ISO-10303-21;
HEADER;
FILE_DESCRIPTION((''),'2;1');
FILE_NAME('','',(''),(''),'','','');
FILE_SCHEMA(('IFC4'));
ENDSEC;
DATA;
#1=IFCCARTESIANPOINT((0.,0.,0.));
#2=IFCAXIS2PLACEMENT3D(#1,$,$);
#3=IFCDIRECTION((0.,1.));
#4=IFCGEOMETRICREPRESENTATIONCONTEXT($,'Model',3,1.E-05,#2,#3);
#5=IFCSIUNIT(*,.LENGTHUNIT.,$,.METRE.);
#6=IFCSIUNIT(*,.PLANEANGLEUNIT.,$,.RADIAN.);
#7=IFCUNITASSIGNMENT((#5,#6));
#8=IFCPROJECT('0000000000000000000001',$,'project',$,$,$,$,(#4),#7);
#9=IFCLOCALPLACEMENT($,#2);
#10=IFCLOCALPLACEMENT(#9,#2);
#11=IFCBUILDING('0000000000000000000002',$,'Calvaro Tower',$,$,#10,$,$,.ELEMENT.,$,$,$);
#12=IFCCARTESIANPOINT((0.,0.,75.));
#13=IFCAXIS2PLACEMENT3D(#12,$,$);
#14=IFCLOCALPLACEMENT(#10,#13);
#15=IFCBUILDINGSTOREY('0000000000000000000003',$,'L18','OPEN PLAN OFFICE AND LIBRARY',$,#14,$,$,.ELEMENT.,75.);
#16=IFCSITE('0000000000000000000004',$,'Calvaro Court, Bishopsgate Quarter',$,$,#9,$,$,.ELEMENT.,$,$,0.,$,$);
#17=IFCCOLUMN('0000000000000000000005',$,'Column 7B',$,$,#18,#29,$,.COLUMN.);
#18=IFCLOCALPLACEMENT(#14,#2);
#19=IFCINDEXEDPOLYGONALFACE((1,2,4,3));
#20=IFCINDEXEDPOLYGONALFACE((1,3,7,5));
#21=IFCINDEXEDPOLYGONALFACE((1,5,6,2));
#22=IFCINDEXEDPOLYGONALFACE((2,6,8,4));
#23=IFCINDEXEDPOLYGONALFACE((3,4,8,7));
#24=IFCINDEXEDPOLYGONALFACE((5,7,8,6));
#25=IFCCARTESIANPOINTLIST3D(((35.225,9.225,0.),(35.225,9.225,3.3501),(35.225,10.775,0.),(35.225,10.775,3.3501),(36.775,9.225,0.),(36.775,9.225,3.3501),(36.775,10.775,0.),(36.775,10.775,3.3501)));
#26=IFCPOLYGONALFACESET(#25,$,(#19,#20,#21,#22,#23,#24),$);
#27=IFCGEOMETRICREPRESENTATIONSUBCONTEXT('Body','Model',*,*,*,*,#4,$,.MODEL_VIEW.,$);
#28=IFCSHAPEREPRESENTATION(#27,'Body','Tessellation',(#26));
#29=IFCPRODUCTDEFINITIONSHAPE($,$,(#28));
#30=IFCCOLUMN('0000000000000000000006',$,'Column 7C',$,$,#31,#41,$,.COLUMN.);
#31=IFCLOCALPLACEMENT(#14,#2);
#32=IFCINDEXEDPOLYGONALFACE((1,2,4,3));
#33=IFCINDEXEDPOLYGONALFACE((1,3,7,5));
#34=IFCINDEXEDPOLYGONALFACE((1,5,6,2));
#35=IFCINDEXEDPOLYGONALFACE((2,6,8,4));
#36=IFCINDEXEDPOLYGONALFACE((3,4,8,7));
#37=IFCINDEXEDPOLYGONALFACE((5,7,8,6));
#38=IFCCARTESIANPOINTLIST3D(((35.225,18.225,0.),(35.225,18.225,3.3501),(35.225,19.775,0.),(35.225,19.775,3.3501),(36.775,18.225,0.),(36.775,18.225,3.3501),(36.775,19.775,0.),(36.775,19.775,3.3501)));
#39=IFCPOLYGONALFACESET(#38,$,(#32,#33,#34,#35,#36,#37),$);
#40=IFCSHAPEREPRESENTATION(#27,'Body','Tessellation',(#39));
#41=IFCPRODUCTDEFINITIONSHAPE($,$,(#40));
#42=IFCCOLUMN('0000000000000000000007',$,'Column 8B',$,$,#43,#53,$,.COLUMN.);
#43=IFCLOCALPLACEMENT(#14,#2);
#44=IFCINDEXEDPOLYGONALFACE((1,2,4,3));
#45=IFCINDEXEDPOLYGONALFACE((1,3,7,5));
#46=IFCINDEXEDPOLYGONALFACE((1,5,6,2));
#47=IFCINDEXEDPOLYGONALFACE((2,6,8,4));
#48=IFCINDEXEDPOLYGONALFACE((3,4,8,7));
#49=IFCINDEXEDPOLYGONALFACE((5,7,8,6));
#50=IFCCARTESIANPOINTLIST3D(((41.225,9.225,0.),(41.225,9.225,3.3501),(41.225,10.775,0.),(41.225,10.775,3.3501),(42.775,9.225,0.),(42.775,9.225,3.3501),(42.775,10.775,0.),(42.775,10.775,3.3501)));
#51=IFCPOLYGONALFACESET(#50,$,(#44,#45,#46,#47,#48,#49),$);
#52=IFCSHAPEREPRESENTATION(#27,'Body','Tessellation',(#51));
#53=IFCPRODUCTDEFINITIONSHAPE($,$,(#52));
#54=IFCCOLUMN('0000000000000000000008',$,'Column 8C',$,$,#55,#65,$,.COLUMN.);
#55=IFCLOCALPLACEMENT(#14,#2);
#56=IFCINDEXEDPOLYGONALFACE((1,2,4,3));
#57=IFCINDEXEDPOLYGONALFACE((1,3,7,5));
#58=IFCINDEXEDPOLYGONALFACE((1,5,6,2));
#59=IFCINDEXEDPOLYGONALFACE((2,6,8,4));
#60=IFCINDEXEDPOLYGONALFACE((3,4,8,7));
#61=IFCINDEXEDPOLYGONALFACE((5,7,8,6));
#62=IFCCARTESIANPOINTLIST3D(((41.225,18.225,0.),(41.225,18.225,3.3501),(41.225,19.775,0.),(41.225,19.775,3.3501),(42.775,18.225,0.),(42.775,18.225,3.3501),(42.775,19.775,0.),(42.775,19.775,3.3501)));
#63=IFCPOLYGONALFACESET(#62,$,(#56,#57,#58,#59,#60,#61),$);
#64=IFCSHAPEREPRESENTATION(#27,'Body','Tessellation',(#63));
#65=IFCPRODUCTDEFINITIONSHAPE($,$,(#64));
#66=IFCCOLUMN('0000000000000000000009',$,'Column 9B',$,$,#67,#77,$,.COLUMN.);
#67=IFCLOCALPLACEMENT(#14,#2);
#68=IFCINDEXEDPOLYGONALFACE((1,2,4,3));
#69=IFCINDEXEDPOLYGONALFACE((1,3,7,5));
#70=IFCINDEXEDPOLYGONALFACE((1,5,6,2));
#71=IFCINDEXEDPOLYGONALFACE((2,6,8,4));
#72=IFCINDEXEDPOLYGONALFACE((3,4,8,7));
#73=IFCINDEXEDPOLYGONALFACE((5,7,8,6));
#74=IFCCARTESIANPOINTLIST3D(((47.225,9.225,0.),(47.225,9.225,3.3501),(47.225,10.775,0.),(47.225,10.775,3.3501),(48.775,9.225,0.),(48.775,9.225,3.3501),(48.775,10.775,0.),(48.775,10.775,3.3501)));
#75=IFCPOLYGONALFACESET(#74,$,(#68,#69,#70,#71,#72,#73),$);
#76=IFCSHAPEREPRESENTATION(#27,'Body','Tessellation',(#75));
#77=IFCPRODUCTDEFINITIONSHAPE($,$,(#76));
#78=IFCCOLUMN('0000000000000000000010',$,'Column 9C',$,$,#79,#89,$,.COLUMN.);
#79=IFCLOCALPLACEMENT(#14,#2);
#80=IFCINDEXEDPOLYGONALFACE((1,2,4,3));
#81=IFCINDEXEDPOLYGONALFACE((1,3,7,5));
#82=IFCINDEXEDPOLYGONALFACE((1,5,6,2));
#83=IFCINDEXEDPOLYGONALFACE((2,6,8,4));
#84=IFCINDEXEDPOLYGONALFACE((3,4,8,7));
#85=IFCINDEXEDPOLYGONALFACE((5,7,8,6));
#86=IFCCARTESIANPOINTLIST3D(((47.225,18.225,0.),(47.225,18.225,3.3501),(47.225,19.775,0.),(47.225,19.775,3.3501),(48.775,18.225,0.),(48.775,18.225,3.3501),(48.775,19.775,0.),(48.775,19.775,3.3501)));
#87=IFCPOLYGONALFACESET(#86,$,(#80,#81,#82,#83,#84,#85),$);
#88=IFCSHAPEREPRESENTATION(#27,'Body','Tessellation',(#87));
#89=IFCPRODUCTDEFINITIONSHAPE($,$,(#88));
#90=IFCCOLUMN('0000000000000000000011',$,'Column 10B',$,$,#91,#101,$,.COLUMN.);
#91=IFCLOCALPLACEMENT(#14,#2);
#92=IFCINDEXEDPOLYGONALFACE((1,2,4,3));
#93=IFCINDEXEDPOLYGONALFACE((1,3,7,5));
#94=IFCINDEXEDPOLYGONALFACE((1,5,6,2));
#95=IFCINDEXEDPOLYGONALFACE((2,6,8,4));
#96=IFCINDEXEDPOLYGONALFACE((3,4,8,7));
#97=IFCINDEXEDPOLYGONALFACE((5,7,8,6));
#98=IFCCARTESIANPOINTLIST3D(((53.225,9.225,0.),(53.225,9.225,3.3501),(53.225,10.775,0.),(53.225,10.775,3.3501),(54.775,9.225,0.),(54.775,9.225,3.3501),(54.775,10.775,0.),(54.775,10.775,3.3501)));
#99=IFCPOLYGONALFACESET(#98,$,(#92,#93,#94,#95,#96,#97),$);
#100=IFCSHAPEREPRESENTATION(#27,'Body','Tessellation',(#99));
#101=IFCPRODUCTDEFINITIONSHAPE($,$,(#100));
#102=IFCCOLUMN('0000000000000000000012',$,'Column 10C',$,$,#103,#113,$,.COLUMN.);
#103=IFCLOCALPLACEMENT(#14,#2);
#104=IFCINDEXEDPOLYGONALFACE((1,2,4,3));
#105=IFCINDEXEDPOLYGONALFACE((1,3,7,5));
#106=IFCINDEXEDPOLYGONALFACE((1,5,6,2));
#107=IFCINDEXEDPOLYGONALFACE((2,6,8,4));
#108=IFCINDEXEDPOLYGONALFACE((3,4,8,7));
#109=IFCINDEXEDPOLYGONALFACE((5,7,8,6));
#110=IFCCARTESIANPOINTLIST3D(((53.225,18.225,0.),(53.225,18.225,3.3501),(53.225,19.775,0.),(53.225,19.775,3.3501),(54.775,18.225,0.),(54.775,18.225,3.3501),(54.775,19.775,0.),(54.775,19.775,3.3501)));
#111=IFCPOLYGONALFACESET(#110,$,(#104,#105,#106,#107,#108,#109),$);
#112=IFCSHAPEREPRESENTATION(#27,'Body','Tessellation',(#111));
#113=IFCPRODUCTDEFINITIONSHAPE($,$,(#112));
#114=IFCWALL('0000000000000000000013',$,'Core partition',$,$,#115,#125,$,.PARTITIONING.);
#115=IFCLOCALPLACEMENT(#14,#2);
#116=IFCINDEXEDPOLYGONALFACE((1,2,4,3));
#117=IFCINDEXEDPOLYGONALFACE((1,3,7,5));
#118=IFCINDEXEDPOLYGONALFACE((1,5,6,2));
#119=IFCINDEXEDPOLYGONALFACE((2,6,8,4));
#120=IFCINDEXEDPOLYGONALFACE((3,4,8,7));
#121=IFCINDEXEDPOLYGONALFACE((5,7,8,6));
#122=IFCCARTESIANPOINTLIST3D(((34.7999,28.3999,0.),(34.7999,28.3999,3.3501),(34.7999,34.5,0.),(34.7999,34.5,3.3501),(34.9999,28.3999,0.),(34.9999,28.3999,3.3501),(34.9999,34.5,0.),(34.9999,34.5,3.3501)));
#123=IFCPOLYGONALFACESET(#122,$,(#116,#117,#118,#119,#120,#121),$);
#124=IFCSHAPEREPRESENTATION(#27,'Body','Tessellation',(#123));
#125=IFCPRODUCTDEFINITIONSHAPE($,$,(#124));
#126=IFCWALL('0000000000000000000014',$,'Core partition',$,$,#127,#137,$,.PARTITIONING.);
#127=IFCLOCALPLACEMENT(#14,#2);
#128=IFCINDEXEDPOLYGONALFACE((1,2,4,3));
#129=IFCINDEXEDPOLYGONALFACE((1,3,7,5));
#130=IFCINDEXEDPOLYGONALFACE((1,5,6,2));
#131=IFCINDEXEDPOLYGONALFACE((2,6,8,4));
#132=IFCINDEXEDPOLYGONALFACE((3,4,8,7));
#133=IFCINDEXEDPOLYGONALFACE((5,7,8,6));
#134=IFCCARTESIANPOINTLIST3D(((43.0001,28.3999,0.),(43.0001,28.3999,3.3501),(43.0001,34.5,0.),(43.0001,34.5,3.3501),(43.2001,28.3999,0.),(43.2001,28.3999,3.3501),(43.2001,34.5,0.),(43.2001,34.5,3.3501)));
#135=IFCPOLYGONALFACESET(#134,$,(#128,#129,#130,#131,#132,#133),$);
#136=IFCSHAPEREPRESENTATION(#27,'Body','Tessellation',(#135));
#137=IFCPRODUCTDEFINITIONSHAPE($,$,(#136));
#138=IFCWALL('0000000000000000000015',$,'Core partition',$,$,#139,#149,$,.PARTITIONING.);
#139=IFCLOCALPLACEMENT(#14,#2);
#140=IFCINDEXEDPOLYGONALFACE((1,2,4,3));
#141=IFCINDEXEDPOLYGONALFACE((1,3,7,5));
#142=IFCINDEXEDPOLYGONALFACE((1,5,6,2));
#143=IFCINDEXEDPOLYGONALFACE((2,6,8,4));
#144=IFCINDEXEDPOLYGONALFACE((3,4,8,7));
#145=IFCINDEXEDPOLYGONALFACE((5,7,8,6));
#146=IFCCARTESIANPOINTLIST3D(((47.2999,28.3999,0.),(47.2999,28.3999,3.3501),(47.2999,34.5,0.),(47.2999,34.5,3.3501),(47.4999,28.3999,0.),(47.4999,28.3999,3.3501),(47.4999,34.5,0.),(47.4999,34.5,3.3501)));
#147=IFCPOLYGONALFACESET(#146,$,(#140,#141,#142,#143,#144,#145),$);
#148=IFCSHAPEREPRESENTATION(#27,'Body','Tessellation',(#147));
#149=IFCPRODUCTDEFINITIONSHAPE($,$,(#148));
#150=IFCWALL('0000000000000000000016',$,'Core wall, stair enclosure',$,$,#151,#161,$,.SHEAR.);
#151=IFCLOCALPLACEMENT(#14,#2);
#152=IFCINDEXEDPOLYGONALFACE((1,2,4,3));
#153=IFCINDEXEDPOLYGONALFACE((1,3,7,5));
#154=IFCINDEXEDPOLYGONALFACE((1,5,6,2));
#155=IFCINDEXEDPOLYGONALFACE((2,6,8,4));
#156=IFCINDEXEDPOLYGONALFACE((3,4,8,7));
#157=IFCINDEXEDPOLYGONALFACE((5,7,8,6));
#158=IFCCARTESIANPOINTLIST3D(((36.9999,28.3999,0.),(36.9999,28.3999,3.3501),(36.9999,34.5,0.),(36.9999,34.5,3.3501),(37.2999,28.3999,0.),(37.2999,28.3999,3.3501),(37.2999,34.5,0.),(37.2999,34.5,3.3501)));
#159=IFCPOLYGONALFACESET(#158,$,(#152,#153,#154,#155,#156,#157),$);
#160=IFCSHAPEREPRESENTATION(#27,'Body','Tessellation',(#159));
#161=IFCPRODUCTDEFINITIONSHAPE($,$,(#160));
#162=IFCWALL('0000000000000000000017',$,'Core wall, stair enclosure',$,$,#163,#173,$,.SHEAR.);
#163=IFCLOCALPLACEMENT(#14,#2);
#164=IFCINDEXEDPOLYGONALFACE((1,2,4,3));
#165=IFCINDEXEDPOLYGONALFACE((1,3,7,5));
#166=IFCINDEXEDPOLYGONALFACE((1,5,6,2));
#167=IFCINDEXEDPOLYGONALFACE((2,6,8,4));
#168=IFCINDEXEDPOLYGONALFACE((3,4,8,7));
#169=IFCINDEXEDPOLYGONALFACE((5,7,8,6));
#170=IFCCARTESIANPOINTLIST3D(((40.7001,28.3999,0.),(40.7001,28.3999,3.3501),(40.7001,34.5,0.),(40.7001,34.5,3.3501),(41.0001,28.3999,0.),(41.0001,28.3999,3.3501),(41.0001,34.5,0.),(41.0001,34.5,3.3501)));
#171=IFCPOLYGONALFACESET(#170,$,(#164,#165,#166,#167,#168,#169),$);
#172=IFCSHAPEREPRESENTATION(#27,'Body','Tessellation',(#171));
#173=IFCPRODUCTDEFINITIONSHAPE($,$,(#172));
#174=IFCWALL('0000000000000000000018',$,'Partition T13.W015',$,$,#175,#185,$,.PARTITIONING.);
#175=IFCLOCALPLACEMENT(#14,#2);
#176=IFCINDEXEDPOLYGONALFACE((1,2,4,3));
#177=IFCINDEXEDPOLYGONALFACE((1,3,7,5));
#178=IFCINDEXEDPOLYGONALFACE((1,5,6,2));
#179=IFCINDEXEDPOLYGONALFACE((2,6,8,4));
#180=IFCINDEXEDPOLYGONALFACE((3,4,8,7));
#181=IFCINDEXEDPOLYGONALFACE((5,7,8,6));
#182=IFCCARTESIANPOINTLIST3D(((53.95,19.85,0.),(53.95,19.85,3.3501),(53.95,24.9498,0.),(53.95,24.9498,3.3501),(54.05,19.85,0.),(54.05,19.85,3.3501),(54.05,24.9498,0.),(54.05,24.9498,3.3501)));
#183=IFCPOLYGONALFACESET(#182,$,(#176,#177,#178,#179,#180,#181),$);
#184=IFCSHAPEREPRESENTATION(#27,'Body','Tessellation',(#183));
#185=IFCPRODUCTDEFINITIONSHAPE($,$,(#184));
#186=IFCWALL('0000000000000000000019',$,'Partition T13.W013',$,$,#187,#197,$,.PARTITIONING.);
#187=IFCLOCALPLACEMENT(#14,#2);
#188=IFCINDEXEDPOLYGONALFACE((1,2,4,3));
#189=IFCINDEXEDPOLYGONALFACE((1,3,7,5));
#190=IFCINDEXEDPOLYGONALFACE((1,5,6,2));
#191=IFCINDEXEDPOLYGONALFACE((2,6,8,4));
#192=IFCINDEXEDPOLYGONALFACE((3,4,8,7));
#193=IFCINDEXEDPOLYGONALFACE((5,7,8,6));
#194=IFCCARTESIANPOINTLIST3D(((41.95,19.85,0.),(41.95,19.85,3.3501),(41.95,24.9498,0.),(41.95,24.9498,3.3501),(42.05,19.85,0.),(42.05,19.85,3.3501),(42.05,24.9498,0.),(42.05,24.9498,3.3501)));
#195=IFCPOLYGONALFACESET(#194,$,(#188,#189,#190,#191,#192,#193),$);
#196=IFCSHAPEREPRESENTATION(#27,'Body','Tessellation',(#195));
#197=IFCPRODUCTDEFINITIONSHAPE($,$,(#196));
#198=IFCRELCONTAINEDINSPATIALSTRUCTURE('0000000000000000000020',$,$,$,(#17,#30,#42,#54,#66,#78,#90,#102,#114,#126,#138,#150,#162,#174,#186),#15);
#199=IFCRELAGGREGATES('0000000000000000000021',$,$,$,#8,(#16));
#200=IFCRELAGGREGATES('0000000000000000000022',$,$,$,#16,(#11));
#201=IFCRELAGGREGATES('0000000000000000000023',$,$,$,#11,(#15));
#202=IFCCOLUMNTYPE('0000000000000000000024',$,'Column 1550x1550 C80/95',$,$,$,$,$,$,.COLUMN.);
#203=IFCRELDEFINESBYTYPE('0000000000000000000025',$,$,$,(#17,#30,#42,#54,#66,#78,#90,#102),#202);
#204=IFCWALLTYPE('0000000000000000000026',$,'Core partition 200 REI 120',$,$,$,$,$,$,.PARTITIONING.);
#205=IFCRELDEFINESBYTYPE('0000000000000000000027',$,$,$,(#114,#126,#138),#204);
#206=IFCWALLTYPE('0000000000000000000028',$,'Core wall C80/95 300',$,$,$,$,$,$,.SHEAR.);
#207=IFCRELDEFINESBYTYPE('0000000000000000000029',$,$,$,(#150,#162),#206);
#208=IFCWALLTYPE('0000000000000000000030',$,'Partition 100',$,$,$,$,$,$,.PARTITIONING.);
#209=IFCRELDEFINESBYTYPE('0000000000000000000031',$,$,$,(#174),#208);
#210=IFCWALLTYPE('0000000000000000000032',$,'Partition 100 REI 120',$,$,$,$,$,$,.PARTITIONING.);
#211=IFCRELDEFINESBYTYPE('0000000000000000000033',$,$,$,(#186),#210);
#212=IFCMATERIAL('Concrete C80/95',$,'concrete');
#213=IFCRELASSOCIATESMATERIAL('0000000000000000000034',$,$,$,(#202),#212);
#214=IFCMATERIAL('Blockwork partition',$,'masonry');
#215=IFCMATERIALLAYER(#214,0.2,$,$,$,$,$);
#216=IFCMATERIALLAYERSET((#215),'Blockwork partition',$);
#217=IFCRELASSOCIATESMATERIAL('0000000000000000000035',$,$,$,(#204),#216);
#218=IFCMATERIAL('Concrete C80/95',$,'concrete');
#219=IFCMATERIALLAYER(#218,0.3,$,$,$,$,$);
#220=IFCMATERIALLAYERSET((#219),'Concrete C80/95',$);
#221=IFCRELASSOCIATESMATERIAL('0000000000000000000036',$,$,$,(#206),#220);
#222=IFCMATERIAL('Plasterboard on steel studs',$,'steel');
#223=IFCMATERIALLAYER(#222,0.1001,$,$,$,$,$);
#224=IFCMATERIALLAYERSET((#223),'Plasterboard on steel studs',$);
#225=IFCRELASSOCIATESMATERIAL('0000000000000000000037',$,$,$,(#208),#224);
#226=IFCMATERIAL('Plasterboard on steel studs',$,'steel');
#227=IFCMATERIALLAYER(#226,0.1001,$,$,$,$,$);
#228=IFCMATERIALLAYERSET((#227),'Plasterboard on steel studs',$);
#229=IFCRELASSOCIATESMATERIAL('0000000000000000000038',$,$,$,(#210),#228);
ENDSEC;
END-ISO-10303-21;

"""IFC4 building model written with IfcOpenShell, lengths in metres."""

from ifc_helpers import new_model, si_unit, direction, frame, frame_2d, origin, origin_2d, place, context, subcontext, project, spatial, rectangle, extrude, material, layer, layer_set, material_profile, profile_set, type_object, element, save


model = new_model("IFC4")

# Units and contexts
model_context = context("Model", 3, precision=1e-05, world=origin(), true_north=direction((0.0, 1.0)))
body_context = subcontext(model_context, "Body", "Model", "MODEL_VIEW")
ifc_project = project(units=[si_unit("LENGTHUNIT", "METRE"), si_unit("PLANEANGLEUNIT", "RADIAN")], contexts=[model_context])

# Site, building, storey
site_placement = place(None, origin())
site = spatial("IfcSite", under=ifc_project, at=site_placement, Name="Calvaro Court, Bishopsgate Quarter", CompositionType="ELEMENT", RefElevation=0.0)
building_placement = place(site_placement, origin())
building = spatial("IfcBuilding", under=site, at=building_placement, Name="Calvaro Tower", CompositionType="ELEMENT")
storey_placement = place(building_placement, frame((0.0, 0.0, 75.0)))
storey = spatial("IfcBuildingStorey", under=building, at=storey_placement, Name="L18", Description="OPEN PLAN OFFICE AND LIBRARY", CompositionType="ELEMENT", Elevation=75.0)

# Columns
ifc_material_1 = material(Name="Concrete C80/95", Category="concrete")
ifc_material_profile = material_profile(ifc_material_1, rectangle(XDim=1.55, YDim=1.55, at=origin_2d()), Name="RC 1550x1550")
ifc_profile_set = profile_set([ifc_material_profile], Name="Concrete C80/95")
column_type = type_object("IfcColumnType", Name="Column 1550x1550 C80/95", PredefinedType="COLUMN", material=ifc_profile_set)
for number, where, z_axis, x_axis, name in (
    (1, (36.0, 10.0, 0.0), (0.0, 0.0, 1.0), (1.0, 0.0, 0.0), "Column 7B"),
    (2, (36.0, 19.0, 0.0), (0.0, 0.0, 1.0), (1.0, 0.0, 0.0), "Column 7C"),
    (3, (42.0, 10.0, 0.0), (0.0, 0.0, 1.0), (1.0, 0.0, 0.0), "Column 8B"),
    (4, (42.0, 19.0, 0.0), (0.0, 0.0, 1.0), (1.0, 0.0, 0.0), "Column 8C"),
    (5, (48.0, 10.0, 0.0), (0.0, 0.0, 1.0), (1.0, 0.0, 0.0), "Column 9B"),
    (6, (48.0, 19.0, 0.0), (0.0, 0.0, 1.0), (1.0, 0.0, 0.0), "Column 9C"),
    (7, (54.0, 10.0, 0.0), (0.0, 0.0, 1.0), (1.0, 0.0, 0.0), "Column 10B"),
    (8, (54.0, 19.0, 0.0), (0.0, 0.0, 1.0), (1.0, 0.0, 0.0), "Column 10C"),
):
    element("IfcColumn", number, at=place(storey_placement, frame(where, z_axis=z_axis, x_axis=x_axis)), inside=storey, type_object=column_type, Name=name, PredefinedType="COLUMN", context=body_context, shape_type="SweptSolid", body=[
        extrude(rectangle(XDim=1.55, YDim=1.55, at=origin_2d()), origin(), (0.0, 0.0, 1.0), 3.3501),
    ])

# Walls
ifc_material_2 = material(Name="Blockwork partition", Category="masonry")
ifc_layer_1 = layer(ifc_material_2, 0.2)
ifc_layer_set_1 = layer_set([ifc_layer_1], Name="Blockwork partition")
wall_type_1 = type_object("IfcWallType", Name="Core partition 200 REI 120", PredefinedType="PARTITIONING", material=ifc_layer_set_1)
for number, where, z_axis, x_axis, name in (
    (9, (34.8999, 28.3999, 0.0), (0.0, 0.0, 1.0), (0.0, 1.0, 0.0), "Core partition"),
    (10, (43.1001, 28.3999, 0.0), (0.0, 0.0, 1.0), (0.0, 1.0, 0.0), "Core partition"),
    (11, (47.3999, 28.3999, 0.0), (0.0, 0.0, 1.0), (0.0, 1.0, 0.0), "Core partition"),
):
    element("IfcWall", number, at=place(storey_placement, frame(where, z_axis=z_axis, x_axis=x_axis)), inside=storey, type_object=wall_type_1, Name=name, PredefinedType="PARTITIONING", context=body_context, shape_type="SweptSolid", body=[
        extrude(rectangle(XDim=6.1001, YDim=0.2, at=frame_2d((3.05, 0.0))), origin(), (0.0, 0.0, 1.0), 3.3501),
    ])
ifc_material_3 = material(Name="Concrete C80/95", Category="concrete")
ifc_layer_2 = layer(ifc_material_3, 0.3)
ifc_layer_set_2 = layer_set([ifc_layer_2], Name="Concrete C80/95")
wall_type_2 = type_object("IfcWallType", Name="Core wall C80/95 300", PredefinedType="SHEAR", material=ifc_layer_set_2)
for number, where, z_axis, x_axis, name in (
    (12, (37.1499, 28.3999, 0.0), (0.0, 0.0, 1.0), (0.0, 1.0, 0.0), "Core wall, stair enclosure"),
    (13, (40.8501, 28.3999, 0.0), (0.0, 0.0, 1.0), (0.0, 1.0, 0.0), "Core wall, stair enclosure"),
):
    element("IfcWall", number, at=place(storey_placement, frame(where, z_axis=z_axis, x_axis=x_axis)), inside=storey, type_object=wall_type_2, Name=name, PredefinedType="SHEAR", context=body_context, shape_type="SweptSolid", body=[
        extrude(rectangle(XDim=6.1001, YDim=0.3, at=frame_2d((3.05, 0.0))), origin(), (0.0, 0.0, 1.0), 3.3501),
    ])
ifc_material_4 = material(Name="Plasterboard on steel studs", Category="steel")
ifc_layer_3 = layer(ifc_material_4, 0.1001)
ifc_layer_set_3 = layer_set([ifc_layer_3], Name="Plasterboard on steel studs")
wall_type_3 = type_object("IfcWallType", Name="Partition 100", PredefinedType="PARTITIONING", material=ifc_layer_set_3)
wall_1_placement = place(storey_placement, frame((54.0, 19.8501, 0.0), z_axis=(0.0, 0.0, 1.0), x_axis=(0.0, 1.0, 0.0)))
element("IfcWall", 14, at=wall_1_placement, inside=storey, type_object=wall_type_3, Name="Partition T13.W015", PredefinedType="PARTITIONING", context=body_context, shape_type="SweptSolid", body=[
    extrude(rectangle(XDim=5.0999, YDim=0.1001, at=frame_2d((2.5498, 0.0))), origin(), (0.0, 0.0, 1.0), 3.3501),
])
ifc_material_5 = material(Name="Plasterboard on steel studs", Category="steel")
ifc_layer_4 = layer(ifc_material_5, 0.1001)
ifc_layer_set_4 = layer_set([ifc_layer_4], Name="Plasterboard on steel studs")
wall_type_4 = type_object("IfcWallType", Name="Partition 100 REI 120", PredefinedType="PARTITIONING", material=ifc_layer_set_4)
wall_2_placement = place(storey_placement, frame((42.0, 19.8501, 0.0), z_axis=(0.0, 0.0, 1.0), x_axis=(0.0, 1.0, 0.0)))
element("IfcWall", 15, at=wall_2_placement, inside=storey, type_object=wall_type_4, Name="Partition T13.W013", PredefinedType="PARTITIONING", context=body_context, shape_type="SweptSolid", body=[
    extrude(rectangle(XDim=5.0999, YDim=0.1001, at=frame_2d((2.5498, 0.0))), origin(), (0.0, 0.0, 1.0), 3.3501),
])

save(model, "model.ifc")
